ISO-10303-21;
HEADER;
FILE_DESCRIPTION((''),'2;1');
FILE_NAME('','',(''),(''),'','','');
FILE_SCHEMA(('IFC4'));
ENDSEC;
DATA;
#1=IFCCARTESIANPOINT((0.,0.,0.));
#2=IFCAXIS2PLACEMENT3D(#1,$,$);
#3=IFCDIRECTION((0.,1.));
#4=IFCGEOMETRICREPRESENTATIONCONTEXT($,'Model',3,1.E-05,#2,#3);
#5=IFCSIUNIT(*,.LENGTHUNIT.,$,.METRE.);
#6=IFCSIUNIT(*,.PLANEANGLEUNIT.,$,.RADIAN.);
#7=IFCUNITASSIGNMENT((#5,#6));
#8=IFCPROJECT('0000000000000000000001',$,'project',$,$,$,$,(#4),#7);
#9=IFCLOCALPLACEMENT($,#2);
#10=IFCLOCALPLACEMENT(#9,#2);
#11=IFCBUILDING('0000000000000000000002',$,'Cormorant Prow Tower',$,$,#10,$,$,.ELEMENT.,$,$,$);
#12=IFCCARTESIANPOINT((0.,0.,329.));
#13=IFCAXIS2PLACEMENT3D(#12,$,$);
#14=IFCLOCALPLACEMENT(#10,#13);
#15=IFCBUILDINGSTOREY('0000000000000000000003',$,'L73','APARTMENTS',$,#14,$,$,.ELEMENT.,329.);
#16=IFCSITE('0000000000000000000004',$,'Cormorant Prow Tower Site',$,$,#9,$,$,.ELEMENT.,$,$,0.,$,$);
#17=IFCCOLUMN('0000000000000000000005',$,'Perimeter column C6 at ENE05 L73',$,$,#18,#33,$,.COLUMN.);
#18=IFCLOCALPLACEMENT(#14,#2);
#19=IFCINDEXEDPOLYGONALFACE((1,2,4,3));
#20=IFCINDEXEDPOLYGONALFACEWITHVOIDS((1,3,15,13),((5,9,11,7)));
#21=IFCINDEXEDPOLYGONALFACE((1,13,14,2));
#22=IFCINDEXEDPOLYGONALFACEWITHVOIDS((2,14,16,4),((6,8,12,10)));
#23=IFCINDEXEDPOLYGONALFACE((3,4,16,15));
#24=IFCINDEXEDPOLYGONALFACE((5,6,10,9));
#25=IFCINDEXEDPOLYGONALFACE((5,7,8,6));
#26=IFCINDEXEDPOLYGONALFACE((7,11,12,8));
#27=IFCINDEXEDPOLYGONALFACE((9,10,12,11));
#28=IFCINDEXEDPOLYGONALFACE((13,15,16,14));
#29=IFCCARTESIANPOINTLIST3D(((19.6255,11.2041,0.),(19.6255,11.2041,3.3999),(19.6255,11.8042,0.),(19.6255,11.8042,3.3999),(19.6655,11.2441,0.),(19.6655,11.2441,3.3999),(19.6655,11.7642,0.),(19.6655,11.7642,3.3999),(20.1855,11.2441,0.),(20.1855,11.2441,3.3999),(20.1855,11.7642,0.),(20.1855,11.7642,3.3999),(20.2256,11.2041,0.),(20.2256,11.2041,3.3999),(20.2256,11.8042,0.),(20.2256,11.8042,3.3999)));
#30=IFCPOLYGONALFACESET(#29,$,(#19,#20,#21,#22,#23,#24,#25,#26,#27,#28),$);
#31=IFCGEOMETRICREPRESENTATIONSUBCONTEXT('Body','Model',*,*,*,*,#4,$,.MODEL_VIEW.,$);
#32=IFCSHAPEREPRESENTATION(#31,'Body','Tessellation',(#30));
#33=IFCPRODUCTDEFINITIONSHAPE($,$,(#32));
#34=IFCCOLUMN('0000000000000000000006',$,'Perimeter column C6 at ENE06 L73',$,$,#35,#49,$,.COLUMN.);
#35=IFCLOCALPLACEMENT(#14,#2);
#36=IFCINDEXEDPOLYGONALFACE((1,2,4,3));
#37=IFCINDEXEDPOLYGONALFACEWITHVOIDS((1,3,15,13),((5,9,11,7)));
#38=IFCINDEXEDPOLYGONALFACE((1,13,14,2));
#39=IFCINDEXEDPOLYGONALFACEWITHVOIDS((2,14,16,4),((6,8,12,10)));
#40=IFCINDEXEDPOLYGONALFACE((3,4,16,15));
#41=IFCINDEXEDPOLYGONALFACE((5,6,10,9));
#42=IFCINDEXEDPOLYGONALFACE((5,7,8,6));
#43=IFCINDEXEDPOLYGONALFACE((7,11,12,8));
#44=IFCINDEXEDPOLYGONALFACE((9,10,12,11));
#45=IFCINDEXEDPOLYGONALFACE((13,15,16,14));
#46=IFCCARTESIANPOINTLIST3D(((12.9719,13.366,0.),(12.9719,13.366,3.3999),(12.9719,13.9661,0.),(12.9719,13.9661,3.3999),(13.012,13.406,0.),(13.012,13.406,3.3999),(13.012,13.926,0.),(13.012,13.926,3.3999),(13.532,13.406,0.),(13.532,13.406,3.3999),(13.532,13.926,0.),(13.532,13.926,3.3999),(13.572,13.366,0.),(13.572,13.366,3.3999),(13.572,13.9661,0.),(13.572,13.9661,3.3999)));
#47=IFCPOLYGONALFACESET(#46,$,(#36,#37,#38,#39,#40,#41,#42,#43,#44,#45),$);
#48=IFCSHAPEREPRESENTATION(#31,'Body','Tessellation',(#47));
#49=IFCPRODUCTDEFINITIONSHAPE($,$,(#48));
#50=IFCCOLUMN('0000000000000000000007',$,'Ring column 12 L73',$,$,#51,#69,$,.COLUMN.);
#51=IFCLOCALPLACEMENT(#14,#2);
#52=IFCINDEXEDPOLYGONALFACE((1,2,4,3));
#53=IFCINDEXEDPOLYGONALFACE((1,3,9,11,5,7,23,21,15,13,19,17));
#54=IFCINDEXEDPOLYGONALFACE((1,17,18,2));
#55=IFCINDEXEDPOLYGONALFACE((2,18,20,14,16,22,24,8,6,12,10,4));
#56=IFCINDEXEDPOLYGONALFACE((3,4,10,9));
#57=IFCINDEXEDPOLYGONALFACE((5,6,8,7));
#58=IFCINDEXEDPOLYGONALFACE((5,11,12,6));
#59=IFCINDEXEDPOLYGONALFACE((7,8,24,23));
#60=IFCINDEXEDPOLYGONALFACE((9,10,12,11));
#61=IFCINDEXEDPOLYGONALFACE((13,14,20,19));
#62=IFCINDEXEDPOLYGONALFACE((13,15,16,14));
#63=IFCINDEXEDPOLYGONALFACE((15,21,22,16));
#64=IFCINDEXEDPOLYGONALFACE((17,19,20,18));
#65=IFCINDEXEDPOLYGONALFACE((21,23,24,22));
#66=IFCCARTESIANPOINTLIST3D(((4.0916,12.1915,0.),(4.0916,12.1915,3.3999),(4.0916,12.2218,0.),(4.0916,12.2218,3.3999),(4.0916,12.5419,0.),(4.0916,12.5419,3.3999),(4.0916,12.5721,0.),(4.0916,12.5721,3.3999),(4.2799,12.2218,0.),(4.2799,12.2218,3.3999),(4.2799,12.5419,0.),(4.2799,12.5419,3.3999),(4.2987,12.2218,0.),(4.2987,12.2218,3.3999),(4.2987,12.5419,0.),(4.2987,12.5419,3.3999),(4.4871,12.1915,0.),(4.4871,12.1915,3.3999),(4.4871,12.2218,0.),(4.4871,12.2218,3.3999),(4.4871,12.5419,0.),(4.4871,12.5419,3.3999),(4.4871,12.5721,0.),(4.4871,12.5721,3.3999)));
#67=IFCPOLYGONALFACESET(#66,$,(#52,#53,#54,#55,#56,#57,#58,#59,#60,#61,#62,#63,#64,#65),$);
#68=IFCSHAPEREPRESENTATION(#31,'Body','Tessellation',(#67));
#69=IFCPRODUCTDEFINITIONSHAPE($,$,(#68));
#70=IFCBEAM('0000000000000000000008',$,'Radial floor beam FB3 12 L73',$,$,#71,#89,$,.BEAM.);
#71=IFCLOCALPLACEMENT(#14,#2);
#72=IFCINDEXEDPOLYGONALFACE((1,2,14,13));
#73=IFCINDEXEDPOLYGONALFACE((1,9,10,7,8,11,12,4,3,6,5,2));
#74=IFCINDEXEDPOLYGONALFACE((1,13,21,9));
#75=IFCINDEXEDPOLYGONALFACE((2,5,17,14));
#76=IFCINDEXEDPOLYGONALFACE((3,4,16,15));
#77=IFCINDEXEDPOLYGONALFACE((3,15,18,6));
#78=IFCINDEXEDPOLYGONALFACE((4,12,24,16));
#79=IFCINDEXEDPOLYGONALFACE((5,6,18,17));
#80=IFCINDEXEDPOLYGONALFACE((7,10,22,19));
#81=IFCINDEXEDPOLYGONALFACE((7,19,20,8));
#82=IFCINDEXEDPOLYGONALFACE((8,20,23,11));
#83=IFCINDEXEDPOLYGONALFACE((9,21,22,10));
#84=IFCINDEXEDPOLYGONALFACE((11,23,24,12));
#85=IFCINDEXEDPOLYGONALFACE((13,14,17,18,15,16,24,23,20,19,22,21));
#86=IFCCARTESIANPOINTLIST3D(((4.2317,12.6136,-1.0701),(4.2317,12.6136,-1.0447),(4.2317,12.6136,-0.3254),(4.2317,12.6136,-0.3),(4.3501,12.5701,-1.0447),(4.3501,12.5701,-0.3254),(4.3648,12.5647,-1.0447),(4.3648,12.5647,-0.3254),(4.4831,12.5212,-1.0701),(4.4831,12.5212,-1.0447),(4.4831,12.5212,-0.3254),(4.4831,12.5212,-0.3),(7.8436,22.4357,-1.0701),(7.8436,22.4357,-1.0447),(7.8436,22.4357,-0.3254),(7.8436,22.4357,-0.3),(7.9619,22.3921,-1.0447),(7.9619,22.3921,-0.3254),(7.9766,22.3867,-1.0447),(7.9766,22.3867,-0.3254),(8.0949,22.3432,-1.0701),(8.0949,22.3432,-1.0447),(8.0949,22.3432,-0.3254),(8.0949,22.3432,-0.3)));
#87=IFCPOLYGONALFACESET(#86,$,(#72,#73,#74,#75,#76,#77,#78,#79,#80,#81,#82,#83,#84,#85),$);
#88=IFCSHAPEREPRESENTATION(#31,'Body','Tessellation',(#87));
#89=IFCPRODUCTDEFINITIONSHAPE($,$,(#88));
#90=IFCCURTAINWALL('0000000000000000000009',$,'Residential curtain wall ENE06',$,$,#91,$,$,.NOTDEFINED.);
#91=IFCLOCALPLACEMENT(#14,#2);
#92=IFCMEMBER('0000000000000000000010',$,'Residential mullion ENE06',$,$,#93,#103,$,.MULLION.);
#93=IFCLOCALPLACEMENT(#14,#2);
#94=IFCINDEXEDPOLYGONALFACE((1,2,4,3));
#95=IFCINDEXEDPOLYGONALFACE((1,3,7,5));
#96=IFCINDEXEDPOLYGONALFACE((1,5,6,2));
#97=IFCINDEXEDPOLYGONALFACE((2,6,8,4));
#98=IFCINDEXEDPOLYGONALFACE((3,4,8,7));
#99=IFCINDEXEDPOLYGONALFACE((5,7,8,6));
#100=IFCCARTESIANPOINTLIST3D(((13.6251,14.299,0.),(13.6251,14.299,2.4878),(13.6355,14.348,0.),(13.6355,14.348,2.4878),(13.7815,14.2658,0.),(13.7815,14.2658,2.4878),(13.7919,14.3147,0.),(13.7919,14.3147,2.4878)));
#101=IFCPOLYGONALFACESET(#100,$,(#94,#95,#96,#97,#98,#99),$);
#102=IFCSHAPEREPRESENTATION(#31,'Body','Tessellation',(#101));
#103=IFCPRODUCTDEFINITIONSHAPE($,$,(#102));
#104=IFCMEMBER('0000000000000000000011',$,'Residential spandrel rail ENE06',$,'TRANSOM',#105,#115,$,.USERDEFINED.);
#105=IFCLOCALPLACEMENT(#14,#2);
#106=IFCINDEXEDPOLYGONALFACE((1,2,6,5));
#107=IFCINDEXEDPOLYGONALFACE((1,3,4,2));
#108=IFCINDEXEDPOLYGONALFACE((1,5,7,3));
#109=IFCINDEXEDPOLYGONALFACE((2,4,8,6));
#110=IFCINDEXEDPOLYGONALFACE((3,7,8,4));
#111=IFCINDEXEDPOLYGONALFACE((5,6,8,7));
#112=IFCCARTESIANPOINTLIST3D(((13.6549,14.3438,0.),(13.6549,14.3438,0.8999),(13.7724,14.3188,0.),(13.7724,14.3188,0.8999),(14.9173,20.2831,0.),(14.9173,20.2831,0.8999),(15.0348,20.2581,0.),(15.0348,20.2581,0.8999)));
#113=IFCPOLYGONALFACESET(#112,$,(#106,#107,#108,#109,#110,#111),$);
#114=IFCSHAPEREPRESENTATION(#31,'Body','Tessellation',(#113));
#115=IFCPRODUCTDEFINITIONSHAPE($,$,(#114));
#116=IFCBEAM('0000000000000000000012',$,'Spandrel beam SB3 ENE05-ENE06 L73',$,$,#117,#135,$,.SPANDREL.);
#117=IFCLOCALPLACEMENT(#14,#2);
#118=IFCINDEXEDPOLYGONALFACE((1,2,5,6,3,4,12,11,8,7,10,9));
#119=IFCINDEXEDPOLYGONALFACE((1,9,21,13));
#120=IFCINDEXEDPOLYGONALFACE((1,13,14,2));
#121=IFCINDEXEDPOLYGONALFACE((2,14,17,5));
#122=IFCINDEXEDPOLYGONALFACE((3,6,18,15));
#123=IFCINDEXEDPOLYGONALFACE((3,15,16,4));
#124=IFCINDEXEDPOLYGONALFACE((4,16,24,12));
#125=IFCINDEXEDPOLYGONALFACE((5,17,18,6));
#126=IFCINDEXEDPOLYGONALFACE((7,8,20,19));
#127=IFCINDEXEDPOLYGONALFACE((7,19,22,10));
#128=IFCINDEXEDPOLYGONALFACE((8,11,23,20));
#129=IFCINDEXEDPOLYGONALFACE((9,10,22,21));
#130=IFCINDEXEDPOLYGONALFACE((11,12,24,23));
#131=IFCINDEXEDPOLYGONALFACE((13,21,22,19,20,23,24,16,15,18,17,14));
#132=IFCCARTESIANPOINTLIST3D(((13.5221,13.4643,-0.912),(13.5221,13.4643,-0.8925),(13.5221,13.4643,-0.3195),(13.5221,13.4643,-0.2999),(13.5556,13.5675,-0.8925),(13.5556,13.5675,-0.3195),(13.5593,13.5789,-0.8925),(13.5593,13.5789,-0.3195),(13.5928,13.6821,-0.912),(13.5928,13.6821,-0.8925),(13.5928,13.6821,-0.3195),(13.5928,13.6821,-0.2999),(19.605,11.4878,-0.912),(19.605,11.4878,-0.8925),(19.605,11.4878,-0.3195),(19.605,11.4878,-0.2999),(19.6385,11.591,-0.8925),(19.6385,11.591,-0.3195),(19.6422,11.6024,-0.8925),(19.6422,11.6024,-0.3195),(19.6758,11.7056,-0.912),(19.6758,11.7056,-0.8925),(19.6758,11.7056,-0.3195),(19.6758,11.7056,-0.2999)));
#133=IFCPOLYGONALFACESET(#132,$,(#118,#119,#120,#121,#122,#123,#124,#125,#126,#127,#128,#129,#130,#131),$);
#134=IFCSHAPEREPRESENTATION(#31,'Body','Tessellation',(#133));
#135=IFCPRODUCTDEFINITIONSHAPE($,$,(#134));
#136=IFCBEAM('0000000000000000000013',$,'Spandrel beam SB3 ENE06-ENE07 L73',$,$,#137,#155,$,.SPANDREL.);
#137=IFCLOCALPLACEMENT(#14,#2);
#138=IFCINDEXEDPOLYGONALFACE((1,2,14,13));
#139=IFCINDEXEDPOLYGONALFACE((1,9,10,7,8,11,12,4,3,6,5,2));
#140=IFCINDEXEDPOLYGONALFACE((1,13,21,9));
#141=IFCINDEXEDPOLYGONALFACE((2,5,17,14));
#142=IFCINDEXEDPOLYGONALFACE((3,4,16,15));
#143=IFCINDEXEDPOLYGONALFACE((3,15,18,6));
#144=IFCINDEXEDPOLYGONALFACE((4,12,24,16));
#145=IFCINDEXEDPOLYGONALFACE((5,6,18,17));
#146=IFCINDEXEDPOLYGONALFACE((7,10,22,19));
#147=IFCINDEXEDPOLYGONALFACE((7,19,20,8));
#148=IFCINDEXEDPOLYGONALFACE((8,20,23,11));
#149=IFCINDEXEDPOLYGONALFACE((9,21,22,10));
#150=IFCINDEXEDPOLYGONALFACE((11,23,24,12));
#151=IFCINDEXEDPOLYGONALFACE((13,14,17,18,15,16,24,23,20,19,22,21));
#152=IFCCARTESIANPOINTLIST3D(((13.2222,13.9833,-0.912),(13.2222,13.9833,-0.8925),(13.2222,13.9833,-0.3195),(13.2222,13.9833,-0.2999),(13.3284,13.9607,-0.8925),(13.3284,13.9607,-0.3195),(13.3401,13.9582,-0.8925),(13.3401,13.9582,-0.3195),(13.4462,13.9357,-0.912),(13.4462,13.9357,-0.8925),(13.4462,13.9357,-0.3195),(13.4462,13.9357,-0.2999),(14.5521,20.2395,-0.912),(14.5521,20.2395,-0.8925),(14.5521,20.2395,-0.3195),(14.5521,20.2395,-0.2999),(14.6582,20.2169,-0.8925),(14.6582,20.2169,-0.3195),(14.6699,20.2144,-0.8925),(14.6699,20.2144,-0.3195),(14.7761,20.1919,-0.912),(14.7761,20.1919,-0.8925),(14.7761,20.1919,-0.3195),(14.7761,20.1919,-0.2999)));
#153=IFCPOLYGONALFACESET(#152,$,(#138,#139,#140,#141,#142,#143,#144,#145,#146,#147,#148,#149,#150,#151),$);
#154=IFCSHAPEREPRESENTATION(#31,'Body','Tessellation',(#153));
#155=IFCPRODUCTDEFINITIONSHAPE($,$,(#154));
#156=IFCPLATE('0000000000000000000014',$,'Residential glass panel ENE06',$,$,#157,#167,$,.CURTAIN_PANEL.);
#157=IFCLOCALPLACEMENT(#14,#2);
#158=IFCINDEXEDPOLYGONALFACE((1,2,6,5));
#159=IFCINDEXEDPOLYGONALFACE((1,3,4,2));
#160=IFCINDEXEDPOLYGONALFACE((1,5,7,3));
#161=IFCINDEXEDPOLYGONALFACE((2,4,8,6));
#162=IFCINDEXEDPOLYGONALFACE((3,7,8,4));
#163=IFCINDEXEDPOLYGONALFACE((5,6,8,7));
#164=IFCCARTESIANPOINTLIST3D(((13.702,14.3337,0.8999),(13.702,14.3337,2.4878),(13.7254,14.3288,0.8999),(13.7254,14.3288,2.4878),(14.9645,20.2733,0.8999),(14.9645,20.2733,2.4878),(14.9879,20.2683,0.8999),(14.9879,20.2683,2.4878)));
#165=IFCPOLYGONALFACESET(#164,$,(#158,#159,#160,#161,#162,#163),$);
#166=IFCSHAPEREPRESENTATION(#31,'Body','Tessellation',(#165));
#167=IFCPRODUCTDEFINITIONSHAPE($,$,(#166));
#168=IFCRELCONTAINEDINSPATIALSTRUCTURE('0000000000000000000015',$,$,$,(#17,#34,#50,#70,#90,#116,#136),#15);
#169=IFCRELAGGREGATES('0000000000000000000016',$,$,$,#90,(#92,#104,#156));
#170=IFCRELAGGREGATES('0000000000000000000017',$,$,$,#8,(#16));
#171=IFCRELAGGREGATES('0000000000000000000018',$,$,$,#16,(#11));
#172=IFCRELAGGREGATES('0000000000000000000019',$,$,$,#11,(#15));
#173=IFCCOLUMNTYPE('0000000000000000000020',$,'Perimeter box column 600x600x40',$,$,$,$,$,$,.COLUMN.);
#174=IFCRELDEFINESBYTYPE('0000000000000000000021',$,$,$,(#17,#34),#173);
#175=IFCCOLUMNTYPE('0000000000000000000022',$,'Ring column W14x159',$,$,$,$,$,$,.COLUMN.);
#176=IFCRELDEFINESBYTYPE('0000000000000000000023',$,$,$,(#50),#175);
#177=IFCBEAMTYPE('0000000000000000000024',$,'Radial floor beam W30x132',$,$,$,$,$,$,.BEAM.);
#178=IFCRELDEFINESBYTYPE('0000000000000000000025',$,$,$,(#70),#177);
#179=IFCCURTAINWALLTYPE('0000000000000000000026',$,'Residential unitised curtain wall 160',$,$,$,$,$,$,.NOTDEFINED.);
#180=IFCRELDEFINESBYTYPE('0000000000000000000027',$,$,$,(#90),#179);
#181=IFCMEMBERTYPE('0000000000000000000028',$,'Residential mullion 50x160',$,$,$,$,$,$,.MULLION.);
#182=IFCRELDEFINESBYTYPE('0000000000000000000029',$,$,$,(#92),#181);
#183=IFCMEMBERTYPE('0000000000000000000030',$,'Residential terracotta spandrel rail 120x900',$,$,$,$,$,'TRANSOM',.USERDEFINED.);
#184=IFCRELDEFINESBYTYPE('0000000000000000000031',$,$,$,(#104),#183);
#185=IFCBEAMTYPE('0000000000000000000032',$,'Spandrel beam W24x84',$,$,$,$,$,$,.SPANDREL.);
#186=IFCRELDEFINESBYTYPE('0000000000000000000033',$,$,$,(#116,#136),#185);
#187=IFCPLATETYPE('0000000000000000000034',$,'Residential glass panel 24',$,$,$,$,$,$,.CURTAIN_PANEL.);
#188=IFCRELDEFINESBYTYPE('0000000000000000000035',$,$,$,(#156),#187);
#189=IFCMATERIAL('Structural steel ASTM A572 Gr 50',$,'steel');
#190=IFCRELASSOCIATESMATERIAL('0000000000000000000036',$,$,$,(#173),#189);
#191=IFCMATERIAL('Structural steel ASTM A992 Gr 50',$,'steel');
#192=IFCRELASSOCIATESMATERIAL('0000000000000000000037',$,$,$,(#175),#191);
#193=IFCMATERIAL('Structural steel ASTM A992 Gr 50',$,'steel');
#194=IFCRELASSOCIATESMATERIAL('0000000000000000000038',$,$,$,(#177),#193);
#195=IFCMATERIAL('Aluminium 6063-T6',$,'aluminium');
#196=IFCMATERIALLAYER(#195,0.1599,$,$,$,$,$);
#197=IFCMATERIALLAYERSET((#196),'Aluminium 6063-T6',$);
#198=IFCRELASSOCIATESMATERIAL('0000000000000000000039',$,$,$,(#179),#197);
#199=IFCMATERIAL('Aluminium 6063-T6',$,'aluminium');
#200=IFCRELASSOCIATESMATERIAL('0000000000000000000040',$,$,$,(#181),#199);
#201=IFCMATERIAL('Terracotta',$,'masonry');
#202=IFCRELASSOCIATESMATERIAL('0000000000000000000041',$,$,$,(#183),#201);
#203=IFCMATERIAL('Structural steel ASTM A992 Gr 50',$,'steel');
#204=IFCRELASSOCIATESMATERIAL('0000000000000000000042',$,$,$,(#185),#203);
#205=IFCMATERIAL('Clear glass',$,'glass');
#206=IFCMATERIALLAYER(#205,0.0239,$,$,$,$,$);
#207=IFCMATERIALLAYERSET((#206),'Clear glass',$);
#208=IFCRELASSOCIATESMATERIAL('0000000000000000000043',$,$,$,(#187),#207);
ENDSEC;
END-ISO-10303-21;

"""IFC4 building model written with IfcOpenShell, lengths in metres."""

from ifc_helpers import new_model, si_unit, direction, frame, origin, origin_2d, place, context, subcontext, project, spatial, rectangle, hollow_rectangle, i_section, extrude, material, layer, layer_set, material_profile, profile_set, type_object, element, aggregate, save


model = new_model("IFC4")

# Units and contexts
model_context = context("Model", 3, precision=1e-05, world=origin(), true_north=direction((0.0, 1.0)))
body_context = subcontext(model_context, "Body", "Model", "MODEL_VIEW")
ifc_project = project(units=[si_unit("LENGTHUNIT", "METRE"), si_unit("PLANEANGLEUNIT", "RADIAN")], contexts=[model_context])

# Site, building, storey
site_placement = place(None, origin())
site = spatial("IfcSite", under=ifc_project, at=site_placement, Name="Cormorant Prow Tower Site", CompositionType="ELEMENT", RefElevation=0.0)
building_placement = place(site_placement, origin())
building = spatial("IfcBuilding", under=site, at=building_placement, Name="Cormorant Prow Tower", CompositionType="ELEMENT")
storey_placement = place(building_placement, frame((0.0, 0.0, 329.0)))
storey = spatial("IfcBuildingStorey", under=building, at=storey_placement, Name="L73", Description="APARTMENTS", CompositionType="ELEMENT", Elevation=329.0)

# Columns
ifc_material_1 = material(Name="Structural steel ASTM A572 Gr 50", Category="steel")
ifc_material_profile_1 = material_profile(ifc_material_1, hollow_rectangle(XDim=0.6001, YDim=0.6001, WallThickness=0.04, at=origin_2d()), Name="Box 600x600x40")
ifc_profile_set_1 = profile_set([ifc_material_profile_1], Name="Structural steel ASTM A572 Gr 50")
column_type_1 = type_object("IfcColumnType", Name="Perimeter box column 600x600x40", PredefinedType="COLUMN", material=ifc_profile_set_1)
for number, where, z_axis, x_axis, name in (
    (1, (19.9255, 11.5042, 0.0), (0.0, 0.0, 1.0), (1.0, 0.0, 0.0), "Perimeter column C6 at ENE05 L73"),
    (2, (13.272, 13.666, 0.0), (0.0, 0.0, 1.0), (1.0, 0.0, 0.0), "Perimeter column C6 at ENE06 L73"),
):
    element("IfcColumn", number, at=place(storey_placement, frame(where, z_axis=z_axis, x_axis=x_axis)), inside=storey, type_object=column_type_1, Name=name, PredefinedType="COLUMN", context=body_context, shape_type="SweptSolid", body=[
        extrude(hollow_rectangle(XDim=0.6001, YDim=0.6001, WallThickness=0.04, at=origin_2d()), origin(), (0.0, 0.0, 1.0), 3.3999),
    ])
ifc_material_2 = material(Name="Structural steel ASTM A992 Gr 50", Category="steel")
ifc_material_profile_2 = material_profile(ifc_material_2, i_section(OverallWidth=0.3955, OverallDepth=0.3806, WebThickness=0.0188, FlangeThickness=0.0303, at=origin_2d()), Name="W14x159")
ifc_profile_set_2 = profile_set([ifc_material_profile_2], Name="Structural steel ASTM A992 Gr 50")
column_type_2 = type_object("IfcColumnType", Name="Ring column W14x159", PredefinedType="COLUMN", material=ifc_profile_set_2)
column_placement = place(storey_placement, frame((4.2893, 12.3818, 0.0), z_axis=(0.0, 0.0, 1.0), x_axis=(1.0, 0.0, 0.0)))
element("IfcColumn", 3, at=column_placement, inside=storey, type_object=column_type_2, Name="Ring column 12 L73", PredefinedType="COLUMN", context=body_context, shape_type="SweptSolid", body=[
    extrude(i_section(OverallWidth=0.3955, OverallDepth=0.3806, WebThickness=0.0188, FlangeThickness=0.0303, at=origin_2d()), origin(), (0.0, 0.0, 1.0), 3.3999),
])

# Beam
ifc_material_3 = material(Name="Structural steel ASTM A992 Gr 50", Category="steel")
ifc_material_profile_3 = material_profile(ifc_material_3, i_section(OverallWidth=0.2678, OverallDepth=0.77, WebThickness=0.0156, FlangeThickness=0.0254, at=origin_2d()), Name="W30x132")
ifc_profile_set_3 = profile_set([ifc_material_profile_3], Name="Structural steel ASTM A992 Gr 50")
beam_type_1 = type_object("IfcBeamType", Name="Radial floor beam W30x132", PredefinedType="BEAM", material=ifc_profile_set_3)
beam_placement = place(storey_placement, frame((4.3574, 12.5674, -0.6851), z_axis=(0.345131, 0.938554, 0.0), x_axis=(-0.938554, 0.345131, 0.0)))
element("IfcBeam", 4, at=beam_placement, inside=storey, type_object=beam_type_1, Name="Radial floor beam FB3 12 L73", PredefinedType="BEAM", context=body_context, shape_type="SweptSolid", body=[
    extrude(i_section(OverallWidth=0.2678, OverallDepth=0.77, WebThickness=0.0156, FlangeThickness=0.0254, at=origin_2d()), origin(), (0.0, 0.0, 1.0), 10.4651),
])

# Curtain wall, members
ifc_material_4 = material(Name="Aluminium 6063-T6", Category="aluminium")
ifc_layer_1 = layer(ifc_material_4, 0.1599)
ifc_layer_set_1 = layer_set([ifc_layer_1], Name="Aluminium 6063-T6")
curtain_wall_type = type_object("IfcCurtainWallType", Name="Residential unitised curtain wall 160", PredefinedType="NOTDEFINED", material=ifc_layer_set_1)
curtain_wall_placement = place(storey_placement, origin())
curtain_wall = element("IfcCurtainWall", 5, at=curtain_wall_placement, inside=storey, type_object=curtain_wall_type, Name="Residential curtain wall ENE06", PredefinedType="NOTDEFINED")
ifc_material_5 = material(Name="Aluminium 6063-T6", Category="aluminium")
ifc_material_profile_4 = material_profile(ifc_material_5, rectangle(XDim=0.1599, YDim=0.05, at=origin_2d()), Name="Residential mullion 50x160")
ifc_profile_set_4 = profile_set([ifc_material_profile_4], Name="Aluminium 6063-T6")
member_type_1 = type_object("IfcMemberType", Name="Residential mullion 50x160", PredefinedType="MULLION", material=ifc_profile_set_4)
member_1_placement = place(storey_placement, frame((13.7085, 14.3069, 0.0), z_axis=(0.0, 0.0, 1.0), x_axis=(-0.978148, 0.207912, 0.0)))
member_1 = element("IfcMember", 6, at=member_1_placement, type_object=member_type_1, Name="Residential mullion ENE06", PredefinedType="MULLION", context=body_context, shape_type="SweptSolid", body=[
    extrude(rectangle(XDim=0.1599, YDim=0.05, at=origin_2d()), origin(), (0.0, 0.0, 1.0), 2.4878),
])
ifc_material_6 = material(Name="Terracotta", Category="masonry")
ifc_material_profile_5 = material_profile(ifc_material_6, rectangle(XDim=0.1201, YDim=0.8999, at=origin_2d()), Name="Residential terracotta spandrel rail 120x900")
ifc_profile_set_5 = profile_set([ifc_material_profile_5], Name="Terracotta")
member_type_2 = type_object("IfcMemberType", Name="Residential terracotta spandrel rail 120x900", ElementType="TRANSOM", PredefinedType="USERDEFINED", material=ifc_profile_set_5)
member_2_placement = place(storey_placement, frame((13.7136, 14.3313, 0.45), z_axis=(0.207909, 0.978148, 0.0), x_axis=(-0.978148, 0.207909, 0.0)))
member_2 = element("IfcMember", 7, at=member_2_placement, type_object=member_type_2, Name="Residential spandrel rail ENE06", ObjectType="TRANSOM", PredefinedType="USERDEFINED", context=body_context, shape_type="SweptSolid", body=[
    extrude(rectangle(XDim=0.1201, YDim=0.8999, at=origin_2d()), origin(), (0.0, 0.0, 1.0), 6.072),
])

# Beams
ifc_material_7 = material(Name="Structural steel ASTM A992 Gr 50", Category="steel")
ifc_material_profile_6 = material_profile(ifc_material_7, i_section(OverallWidth=0.229, OverallDepth=0.6121, WebThickness=0.012, FlangeThickness=0.0195, at=origin_2d()), Name="W24x84")
ifc_profile_set_6 = profile_set([ifc_material_profile_6], Name="Structural steel ASTM A992 Gr 50")
beam_type_2 = type_object("IfcBeamType", Name="Spandrel beam W24x84", PredefinedType="SPANDREL", material=ifc_profile_set_6)
for number, where, z_axis, x_axis, name in (
    (8, (19.6404, 11.5967, -0.606), (-0.951053, 0.309027, 0.0), (-0.309027, -0.951053, 0.0), "Spandrel beam SB3 ENE05-ENE06 L73"),
    (9, (13.3342, 13.9595, -0.606), (0.20792, 0.978146, 0.0), (-0.978146, 0.20792, 0.0), "Spandrel beam SB3 ENE06-ENE07 L73"),
):
    element("IfcBeam", number, at=place(storey_placement, frame(where, z_axis=z_axis, x_axis=x_axis)), inside=storey, type_object=beam_type_2, Name=name, PredefinedType="SPANDREL", context=body_context, shape_type="SweptSolid", body=[
        extrude(i_section(OverallWidth=0.229, OverallDepth=0.6121, WebThickness=0.012, FlangeThickness=0.0195, at=origin_2d()), origin(), (0.0, 0.0, 1.0), 6.396),
    ])

# Plate
ifc_material_8 = material(Name="Clear glass", Category="glass")
ifc_layer_2 = layer(ifc_material_8, 0.0239)
ifc_layer_set_2 = layer_set([ifc_layer_2], Name="Clear glass")
plate_type = type_object("IfcPlateType", Name="Residential glass panel 24", PredefinedType="CURTAIN_PANEL", material=ifc_layer_set_2)
plate_placement = place(storey_placement, frame((14.345, 17.301, 0.8999), z_axis=(0.0, 0.0, 1.0), x_axis=(0.207912, 0.978148, 0.0)))
plate = element("IfcPlate", 10, at=plate_placement, type_object=plate_type, Name="Residential glass panel ENE06", PredefinedType="CURTAIN_PANEL", context=body_context, shape_type="SweptSolid", body=[
    extrude(rectangle(XDim=6.0723, YDim=0.0239, at=origin_2d()), origin(), (0.0, 0.0, 1.0), 1.5879),
])
aggregate(curtain_wall, [member_1, member_2, plate])

save(model, "model.ifc")
